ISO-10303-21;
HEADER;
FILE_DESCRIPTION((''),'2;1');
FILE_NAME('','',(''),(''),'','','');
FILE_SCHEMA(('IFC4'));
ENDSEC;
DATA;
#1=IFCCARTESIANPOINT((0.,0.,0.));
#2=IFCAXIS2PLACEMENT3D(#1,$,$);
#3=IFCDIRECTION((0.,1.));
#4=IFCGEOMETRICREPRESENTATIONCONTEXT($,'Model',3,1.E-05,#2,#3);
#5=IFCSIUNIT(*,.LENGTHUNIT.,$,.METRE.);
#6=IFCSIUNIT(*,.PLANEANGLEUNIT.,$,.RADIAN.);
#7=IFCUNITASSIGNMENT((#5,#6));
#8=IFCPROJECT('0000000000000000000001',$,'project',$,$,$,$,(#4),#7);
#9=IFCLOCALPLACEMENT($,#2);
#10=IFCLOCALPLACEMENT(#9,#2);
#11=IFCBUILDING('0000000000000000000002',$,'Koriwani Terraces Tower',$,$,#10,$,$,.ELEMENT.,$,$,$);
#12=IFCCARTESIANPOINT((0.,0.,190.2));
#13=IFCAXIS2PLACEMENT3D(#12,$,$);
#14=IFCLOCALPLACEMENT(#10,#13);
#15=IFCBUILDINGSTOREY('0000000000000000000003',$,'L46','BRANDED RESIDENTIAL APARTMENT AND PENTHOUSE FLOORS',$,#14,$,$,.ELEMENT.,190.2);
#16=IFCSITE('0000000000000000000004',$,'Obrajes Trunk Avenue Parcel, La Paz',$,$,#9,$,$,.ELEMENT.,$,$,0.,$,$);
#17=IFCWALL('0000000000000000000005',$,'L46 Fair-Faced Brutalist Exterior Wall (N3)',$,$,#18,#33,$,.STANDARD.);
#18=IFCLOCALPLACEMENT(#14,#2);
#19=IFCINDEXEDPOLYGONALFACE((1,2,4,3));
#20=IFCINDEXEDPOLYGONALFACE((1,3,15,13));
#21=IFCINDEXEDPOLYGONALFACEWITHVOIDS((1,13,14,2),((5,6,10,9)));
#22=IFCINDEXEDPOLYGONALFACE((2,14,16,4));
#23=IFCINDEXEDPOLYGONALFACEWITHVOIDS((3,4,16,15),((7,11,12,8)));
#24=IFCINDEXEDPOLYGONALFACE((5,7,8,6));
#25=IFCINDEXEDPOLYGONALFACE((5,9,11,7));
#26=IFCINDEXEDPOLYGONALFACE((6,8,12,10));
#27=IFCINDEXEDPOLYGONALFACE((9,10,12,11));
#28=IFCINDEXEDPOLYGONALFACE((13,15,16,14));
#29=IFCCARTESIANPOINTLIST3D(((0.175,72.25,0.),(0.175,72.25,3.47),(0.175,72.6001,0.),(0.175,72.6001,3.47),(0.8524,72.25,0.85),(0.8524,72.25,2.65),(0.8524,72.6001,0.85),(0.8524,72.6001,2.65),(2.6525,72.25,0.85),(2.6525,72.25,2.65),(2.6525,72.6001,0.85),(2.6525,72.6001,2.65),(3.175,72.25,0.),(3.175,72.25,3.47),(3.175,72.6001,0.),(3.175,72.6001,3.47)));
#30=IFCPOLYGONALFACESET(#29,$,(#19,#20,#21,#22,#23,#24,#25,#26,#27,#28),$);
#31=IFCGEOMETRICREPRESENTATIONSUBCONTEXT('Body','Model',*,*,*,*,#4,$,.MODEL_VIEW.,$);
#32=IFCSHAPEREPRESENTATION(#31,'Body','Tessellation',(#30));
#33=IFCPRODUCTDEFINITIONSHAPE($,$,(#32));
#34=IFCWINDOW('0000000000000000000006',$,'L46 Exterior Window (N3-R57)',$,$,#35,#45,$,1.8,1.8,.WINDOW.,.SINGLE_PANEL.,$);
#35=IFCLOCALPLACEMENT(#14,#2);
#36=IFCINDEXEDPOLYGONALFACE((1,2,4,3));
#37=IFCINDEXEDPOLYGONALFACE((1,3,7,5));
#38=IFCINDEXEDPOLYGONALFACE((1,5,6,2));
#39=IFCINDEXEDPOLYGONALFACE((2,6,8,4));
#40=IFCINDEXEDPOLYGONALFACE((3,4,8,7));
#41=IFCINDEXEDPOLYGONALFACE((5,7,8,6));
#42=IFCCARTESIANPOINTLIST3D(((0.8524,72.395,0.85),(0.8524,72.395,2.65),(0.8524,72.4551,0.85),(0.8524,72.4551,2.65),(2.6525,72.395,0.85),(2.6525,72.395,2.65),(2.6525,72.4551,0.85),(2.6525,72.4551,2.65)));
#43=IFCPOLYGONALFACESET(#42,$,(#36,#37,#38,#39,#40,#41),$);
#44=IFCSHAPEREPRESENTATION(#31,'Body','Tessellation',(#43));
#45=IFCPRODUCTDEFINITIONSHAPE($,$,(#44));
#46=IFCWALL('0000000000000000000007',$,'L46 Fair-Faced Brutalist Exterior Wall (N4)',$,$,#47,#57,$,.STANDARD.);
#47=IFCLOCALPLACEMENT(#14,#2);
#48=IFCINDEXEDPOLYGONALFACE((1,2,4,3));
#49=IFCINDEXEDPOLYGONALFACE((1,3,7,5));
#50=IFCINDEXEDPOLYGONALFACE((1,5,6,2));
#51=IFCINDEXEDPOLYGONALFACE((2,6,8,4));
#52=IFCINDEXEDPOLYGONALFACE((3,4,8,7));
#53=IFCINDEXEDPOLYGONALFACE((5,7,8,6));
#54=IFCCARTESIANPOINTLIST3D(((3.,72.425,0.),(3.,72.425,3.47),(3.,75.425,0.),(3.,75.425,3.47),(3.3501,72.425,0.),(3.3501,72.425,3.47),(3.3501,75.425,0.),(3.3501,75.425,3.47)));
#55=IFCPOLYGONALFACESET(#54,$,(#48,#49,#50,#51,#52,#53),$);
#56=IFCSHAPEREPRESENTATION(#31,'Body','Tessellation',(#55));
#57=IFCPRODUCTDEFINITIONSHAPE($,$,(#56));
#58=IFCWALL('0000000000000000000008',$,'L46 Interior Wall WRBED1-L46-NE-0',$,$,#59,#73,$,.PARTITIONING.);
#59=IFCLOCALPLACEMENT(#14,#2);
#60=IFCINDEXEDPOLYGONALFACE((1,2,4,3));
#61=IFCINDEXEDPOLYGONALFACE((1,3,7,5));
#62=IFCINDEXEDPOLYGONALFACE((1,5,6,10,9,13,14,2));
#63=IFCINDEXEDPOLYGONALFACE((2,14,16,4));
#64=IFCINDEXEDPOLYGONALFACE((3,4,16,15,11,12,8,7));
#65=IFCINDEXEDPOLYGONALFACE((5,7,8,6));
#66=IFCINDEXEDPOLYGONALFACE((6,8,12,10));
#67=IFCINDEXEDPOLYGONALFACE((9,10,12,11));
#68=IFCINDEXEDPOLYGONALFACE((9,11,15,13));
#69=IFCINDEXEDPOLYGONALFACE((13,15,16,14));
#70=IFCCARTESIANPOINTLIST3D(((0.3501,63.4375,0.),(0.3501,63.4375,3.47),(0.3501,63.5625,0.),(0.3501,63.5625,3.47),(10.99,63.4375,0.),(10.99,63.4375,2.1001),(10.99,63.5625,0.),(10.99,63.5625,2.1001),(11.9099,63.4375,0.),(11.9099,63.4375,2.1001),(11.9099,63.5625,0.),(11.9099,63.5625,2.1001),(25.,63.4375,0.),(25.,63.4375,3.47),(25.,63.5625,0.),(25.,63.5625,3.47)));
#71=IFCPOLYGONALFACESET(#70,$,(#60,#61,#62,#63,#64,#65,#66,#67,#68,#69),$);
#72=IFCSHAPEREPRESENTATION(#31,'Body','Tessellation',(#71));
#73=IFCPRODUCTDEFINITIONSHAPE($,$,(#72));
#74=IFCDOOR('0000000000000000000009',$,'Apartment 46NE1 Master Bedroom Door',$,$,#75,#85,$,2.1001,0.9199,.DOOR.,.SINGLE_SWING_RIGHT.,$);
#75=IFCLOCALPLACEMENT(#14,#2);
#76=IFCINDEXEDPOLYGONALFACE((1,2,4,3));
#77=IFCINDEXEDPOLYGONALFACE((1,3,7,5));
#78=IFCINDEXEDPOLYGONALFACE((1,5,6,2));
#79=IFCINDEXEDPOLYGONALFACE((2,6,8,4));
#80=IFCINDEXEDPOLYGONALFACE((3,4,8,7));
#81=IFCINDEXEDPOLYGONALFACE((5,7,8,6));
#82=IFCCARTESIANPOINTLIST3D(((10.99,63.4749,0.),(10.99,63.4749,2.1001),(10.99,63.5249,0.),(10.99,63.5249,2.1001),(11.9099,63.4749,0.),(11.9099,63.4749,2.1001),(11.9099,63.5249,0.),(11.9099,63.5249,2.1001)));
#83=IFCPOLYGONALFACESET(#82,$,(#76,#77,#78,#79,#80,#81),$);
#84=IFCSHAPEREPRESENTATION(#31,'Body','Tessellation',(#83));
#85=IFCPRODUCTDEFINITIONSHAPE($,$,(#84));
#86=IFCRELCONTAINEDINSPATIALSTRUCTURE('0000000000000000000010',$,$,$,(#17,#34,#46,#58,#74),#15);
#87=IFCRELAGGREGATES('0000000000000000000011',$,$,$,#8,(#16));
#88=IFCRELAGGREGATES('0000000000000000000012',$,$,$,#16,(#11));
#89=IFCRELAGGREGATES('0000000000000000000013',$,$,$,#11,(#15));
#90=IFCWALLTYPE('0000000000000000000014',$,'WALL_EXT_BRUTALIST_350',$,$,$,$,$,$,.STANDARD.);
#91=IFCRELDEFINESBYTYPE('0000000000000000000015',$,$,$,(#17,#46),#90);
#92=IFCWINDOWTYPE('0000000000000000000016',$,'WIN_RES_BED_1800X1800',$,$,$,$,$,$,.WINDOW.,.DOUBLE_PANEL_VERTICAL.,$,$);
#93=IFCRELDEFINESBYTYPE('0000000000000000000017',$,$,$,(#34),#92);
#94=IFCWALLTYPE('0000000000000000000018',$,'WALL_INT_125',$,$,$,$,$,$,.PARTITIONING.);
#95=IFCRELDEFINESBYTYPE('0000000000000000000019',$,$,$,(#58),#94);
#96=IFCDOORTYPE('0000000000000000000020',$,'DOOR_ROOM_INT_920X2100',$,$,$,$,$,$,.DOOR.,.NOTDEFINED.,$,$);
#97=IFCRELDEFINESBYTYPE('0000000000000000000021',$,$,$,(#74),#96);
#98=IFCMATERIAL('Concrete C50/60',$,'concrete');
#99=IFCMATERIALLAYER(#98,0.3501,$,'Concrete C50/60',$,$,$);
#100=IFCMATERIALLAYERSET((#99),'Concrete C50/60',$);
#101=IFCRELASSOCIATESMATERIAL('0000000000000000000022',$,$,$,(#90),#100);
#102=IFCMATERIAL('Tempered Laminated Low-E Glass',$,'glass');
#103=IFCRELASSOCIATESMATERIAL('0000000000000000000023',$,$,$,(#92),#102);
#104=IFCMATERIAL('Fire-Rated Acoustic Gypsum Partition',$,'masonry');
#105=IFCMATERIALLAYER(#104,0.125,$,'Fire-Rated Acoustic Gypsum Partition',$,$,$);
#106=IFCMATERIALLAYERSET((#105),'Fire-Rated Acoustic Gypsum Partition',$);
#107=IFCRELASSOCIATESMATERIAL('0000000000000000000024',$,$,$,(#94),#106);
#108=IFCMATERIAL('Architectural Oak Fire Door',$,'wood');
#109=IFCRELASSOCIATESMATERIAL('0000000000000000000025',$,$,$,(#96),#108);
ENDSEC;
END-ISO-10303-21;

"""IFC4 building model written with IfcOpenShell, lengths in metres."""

from ifc_helpers import new_model, si_unit, direction, frame, frame_2d, origin, place, context, subcontext, project, spatial, rectangle, extrude, material, layer, layer_set, type_object, element, fill, save


model = new_model("IFC4")

# Units and contexts
model_context = context("Model", 3, precision=1e-05, world=origin(), true_north=direction((0.0, 1.0)))
body_context = subcontext(model_context, "Body", "Model", "MODEL_VIEW")
ifc_project = project(units=[si_unit("LENGTHUNIT", "METRE"), si_unit("PLANEANGLEUNIT", "RADIAN")], contexts=[model_context])

# Site, building, storey
site_placement = place(None, origin())
site = spatial("IfcSite", under=ifc_project, at=site_placement, Name="Obrajes Trunk Avenue Parcel, La Paz", CompositionType="ELEMENT", RefElevation=0.0)
building_placement = place(site_placement, origin())
building = spatial("IfcBuilding", under=site, at=building_placement, Name="Koriwani Terraces Tower", CompositionType="ELEMENT")
storey_placement = place(building_placement, frame((0.0, 0.0, 190.2)))
storey = spatial("IfcBuildingStorey", under=building, at=storey_placement, Name="L46", Description="BRANDED RESIDENTIAL APARTMENT AND PENTHOUSE FLOORS", CompositionType="ELEMENT", Elevation=190.2)

# Shared definitions
ifc_material_1 = material(Name="Concrete C50/60", Category="concrete")

# Shared definitions
ifc_material_2 = material(Name="Tempered Laminated Low-E Glass", Category="glass")

# Wall, opening, window
ifc_layer_1 = layer(ifc_material_1, 0.3501, Name="Concrete C50/60")
ifc_layer_set_1 = layer_set([ifc_layer_1], Name="Concrete C50/60")
wall_type_1 = type_object("IfcWallType", Name="WALL_EXT_BRUTALIST_350", PredefinedType="STANDARD", material=ifc_layer_set_1)
wall_1_placement = place(storey_placement, frame((0.175, 72.425, 0.0), z_axis=(0.0, 0.0, 1.0), x_axis=(1.0, 0.0, 0.0)))
wall_1 = element("IfcWall", 1, at=wall_1_placement, inside=storey, type_object=wall_type_1, Name="L46 Fair-Faced Brutalist Exterior Wall (N3)", PredefinedType="STANDARD", context=body_context, shape_type="SweptSolid", body=[
    extrude(rectangle(XDim=3.0, YDim=0.3501, at=frame_2d((1.5, 0.0))), origin(), (0.0, 0.0, 1.0), 3.47),
])
opening_1_placement = place(wall_1_placement, frame((0.6775, 0.0, 0.8501)))
opening_1 = element("IfcOpeningElement", 2, at=opening_1_placement, cuts=wall_1, PredefinedType="OPENING", context=body_context, shape_type="SweptSolid", body=[
    extrude(rectangle(XDim=1.8, YDim=1.8, at=frame_2d((0.8999, 0.8999))), frame((0.0, 0.1851, 0.0), z_axis=(0.0, -1.0, 0.0), x_axis=(1.0, 0.0, 0.0)), (0.0, 0.0, 1.0), 0.3701),
])
window_type = type_object("IfcWindowType", Name="WIN_RES_BED_1800X1800", PartitioningType="DOUBLE_PANEL_VERTICAL", PredefinedType="WINDOW", material=ifc_material_2)
window_placement = place(opening_1_placement, origin())
window = element("IfcWindow", 3, at=window_placement, inside=storey, type_object=window_type, Name="L46 Exterior Window (N3-R57)", OverallHeight=1.8, OverallWidth=1.8, PartitioningType="SINGLE_PANEL", PredefinedType="WINDOW", context=body_context, shape_type="SweptSolid", body=[
    extrude(rectangle(XDim=1.8, YDim=1.8, at=frame_2d((0.8999, 0.8999))), frame((0.0, 0.03, 0.0), z_axis=(0.0, -1.0, 0.0), x_axis=(1.0, 0.0, 0.0)), (0.0, 0.0, 1.0), 0.0601),
])
fill(opening_1, window)

# Wall
wall_2_placement = place(storey_placement, frame((3.175, 72.425, 0.0), z_axis=(0.0, 0.0, 1.0), x_axis=(0.0, 1.0, 0.0)))
element("IfcWall", 4, at=wall_2_placement, inside=storey, type_object=wall_type_1, Name="L46 Fair-Faced Brutalist Exterior Wall (N4)", PredefinedType="STANDARD", context=body_context, shape_type="SweptSolid", body=[
    extrude(rectangle(XDim=3.0, YDim=0.3501, at=frame_2d((1.5, 0.0))), origin(), (0.0, 0.0, 1.0), 3.47),
])

# Wall, opening, door
ifc_material_3 = material(Name="Fire-Rated Acoustic Gypsum Partition", Category="masonry")
ifc_layer_2 = layer(ifc_material_3, 0.125, Name="Fire-Rated Acoustic Gypsum Partition")
ifc_layer_set_2 = layer_set([ifc_layer_2], Name="Fire-Rated Acoustic Gypsum Partition")
wall_type_2 = type_object("IfcWallType", Name="WALL_INT_125", PredefinedType="PARTITIONING", material=ifc_layer_set_2)
wall_3_placement = place(storey_placement, frame((0.3501, 63.5, 0.0), z_axis=(0.0, 0.0, 1.0), x_axis=(1.0, 0.0, 0.0)))
wall_3 = element("IfcWall", 5, at=wall_3_placement, inside=storey, type_object=wall_type_2, Name="L46 Interior Wall WRBED1-L46-NE-0", PredefinedType="PARTITIONING", context=body_context, shape_type="SweptSolid", body=[
    extrude(rectangle(XDim=24.6499, YDim=0.125, at=frame_2d((12.325, 0.0))), origin(), (0.0, 0.0, 1.0), 3.47),
])
opening_2_placement = place(wall_3_placement, frame((10.6399, 0.0, 0.0)))
opening_2 = element("IfcOpeningElement", 6, at=opening_2_placement, cuts=wall_3, PredefinedType="OPENING", context=body_context, shape_type="SweptSolid", body=[
    extrude(rectangle(XDim=0.9199, YDim=2.1001, at=frame_2d((0.46, 1.05))), frame((0.0, 0.0725, 0.0), z_axis=(0.0, -1.0, 0.0), x_axis=(1.0, 0.0, 0.0)), (0.0, 0.0, 1.0), 0.145),
])
ifc_material_4 = material(Name="Architectural Oak Fire Door", Category="wood")
door_type = type_object("IfcDoorType", Name="DOOR_ROOM_INT_920X2100", OperationType="NOTDEFINED", PredefinedType="DOOR", material=ifc_material_4)
door_placement = place(opening_2_placement, origin())
door = element("IfcDoor", 7, at=door_placement, inside=storey, type_object=door_type, Name="Apartment 46NE1 Master Bedroom Door", OperationType="SINGLE_SWING_RIGHT", OverallHeight=2.1001, OverallWidth=0.9199, PredefinedType="DOOR", context=body_context, shape_type="SweptSolid", body=[
    extrude(rectangle(XDim=0.9199, YDim=2.1001, at=frame_2d((0.46, 1.05))), frame((0.0, 0.0249, 0.0), z_axis=(0.0, -1.0, 0.0), x_axis=(1.0, 0.0, 0.0)), (0.0, 0.0, 1.0), 0.05),
])
fill(opening_2, door)

save(model, "model.ifc")
